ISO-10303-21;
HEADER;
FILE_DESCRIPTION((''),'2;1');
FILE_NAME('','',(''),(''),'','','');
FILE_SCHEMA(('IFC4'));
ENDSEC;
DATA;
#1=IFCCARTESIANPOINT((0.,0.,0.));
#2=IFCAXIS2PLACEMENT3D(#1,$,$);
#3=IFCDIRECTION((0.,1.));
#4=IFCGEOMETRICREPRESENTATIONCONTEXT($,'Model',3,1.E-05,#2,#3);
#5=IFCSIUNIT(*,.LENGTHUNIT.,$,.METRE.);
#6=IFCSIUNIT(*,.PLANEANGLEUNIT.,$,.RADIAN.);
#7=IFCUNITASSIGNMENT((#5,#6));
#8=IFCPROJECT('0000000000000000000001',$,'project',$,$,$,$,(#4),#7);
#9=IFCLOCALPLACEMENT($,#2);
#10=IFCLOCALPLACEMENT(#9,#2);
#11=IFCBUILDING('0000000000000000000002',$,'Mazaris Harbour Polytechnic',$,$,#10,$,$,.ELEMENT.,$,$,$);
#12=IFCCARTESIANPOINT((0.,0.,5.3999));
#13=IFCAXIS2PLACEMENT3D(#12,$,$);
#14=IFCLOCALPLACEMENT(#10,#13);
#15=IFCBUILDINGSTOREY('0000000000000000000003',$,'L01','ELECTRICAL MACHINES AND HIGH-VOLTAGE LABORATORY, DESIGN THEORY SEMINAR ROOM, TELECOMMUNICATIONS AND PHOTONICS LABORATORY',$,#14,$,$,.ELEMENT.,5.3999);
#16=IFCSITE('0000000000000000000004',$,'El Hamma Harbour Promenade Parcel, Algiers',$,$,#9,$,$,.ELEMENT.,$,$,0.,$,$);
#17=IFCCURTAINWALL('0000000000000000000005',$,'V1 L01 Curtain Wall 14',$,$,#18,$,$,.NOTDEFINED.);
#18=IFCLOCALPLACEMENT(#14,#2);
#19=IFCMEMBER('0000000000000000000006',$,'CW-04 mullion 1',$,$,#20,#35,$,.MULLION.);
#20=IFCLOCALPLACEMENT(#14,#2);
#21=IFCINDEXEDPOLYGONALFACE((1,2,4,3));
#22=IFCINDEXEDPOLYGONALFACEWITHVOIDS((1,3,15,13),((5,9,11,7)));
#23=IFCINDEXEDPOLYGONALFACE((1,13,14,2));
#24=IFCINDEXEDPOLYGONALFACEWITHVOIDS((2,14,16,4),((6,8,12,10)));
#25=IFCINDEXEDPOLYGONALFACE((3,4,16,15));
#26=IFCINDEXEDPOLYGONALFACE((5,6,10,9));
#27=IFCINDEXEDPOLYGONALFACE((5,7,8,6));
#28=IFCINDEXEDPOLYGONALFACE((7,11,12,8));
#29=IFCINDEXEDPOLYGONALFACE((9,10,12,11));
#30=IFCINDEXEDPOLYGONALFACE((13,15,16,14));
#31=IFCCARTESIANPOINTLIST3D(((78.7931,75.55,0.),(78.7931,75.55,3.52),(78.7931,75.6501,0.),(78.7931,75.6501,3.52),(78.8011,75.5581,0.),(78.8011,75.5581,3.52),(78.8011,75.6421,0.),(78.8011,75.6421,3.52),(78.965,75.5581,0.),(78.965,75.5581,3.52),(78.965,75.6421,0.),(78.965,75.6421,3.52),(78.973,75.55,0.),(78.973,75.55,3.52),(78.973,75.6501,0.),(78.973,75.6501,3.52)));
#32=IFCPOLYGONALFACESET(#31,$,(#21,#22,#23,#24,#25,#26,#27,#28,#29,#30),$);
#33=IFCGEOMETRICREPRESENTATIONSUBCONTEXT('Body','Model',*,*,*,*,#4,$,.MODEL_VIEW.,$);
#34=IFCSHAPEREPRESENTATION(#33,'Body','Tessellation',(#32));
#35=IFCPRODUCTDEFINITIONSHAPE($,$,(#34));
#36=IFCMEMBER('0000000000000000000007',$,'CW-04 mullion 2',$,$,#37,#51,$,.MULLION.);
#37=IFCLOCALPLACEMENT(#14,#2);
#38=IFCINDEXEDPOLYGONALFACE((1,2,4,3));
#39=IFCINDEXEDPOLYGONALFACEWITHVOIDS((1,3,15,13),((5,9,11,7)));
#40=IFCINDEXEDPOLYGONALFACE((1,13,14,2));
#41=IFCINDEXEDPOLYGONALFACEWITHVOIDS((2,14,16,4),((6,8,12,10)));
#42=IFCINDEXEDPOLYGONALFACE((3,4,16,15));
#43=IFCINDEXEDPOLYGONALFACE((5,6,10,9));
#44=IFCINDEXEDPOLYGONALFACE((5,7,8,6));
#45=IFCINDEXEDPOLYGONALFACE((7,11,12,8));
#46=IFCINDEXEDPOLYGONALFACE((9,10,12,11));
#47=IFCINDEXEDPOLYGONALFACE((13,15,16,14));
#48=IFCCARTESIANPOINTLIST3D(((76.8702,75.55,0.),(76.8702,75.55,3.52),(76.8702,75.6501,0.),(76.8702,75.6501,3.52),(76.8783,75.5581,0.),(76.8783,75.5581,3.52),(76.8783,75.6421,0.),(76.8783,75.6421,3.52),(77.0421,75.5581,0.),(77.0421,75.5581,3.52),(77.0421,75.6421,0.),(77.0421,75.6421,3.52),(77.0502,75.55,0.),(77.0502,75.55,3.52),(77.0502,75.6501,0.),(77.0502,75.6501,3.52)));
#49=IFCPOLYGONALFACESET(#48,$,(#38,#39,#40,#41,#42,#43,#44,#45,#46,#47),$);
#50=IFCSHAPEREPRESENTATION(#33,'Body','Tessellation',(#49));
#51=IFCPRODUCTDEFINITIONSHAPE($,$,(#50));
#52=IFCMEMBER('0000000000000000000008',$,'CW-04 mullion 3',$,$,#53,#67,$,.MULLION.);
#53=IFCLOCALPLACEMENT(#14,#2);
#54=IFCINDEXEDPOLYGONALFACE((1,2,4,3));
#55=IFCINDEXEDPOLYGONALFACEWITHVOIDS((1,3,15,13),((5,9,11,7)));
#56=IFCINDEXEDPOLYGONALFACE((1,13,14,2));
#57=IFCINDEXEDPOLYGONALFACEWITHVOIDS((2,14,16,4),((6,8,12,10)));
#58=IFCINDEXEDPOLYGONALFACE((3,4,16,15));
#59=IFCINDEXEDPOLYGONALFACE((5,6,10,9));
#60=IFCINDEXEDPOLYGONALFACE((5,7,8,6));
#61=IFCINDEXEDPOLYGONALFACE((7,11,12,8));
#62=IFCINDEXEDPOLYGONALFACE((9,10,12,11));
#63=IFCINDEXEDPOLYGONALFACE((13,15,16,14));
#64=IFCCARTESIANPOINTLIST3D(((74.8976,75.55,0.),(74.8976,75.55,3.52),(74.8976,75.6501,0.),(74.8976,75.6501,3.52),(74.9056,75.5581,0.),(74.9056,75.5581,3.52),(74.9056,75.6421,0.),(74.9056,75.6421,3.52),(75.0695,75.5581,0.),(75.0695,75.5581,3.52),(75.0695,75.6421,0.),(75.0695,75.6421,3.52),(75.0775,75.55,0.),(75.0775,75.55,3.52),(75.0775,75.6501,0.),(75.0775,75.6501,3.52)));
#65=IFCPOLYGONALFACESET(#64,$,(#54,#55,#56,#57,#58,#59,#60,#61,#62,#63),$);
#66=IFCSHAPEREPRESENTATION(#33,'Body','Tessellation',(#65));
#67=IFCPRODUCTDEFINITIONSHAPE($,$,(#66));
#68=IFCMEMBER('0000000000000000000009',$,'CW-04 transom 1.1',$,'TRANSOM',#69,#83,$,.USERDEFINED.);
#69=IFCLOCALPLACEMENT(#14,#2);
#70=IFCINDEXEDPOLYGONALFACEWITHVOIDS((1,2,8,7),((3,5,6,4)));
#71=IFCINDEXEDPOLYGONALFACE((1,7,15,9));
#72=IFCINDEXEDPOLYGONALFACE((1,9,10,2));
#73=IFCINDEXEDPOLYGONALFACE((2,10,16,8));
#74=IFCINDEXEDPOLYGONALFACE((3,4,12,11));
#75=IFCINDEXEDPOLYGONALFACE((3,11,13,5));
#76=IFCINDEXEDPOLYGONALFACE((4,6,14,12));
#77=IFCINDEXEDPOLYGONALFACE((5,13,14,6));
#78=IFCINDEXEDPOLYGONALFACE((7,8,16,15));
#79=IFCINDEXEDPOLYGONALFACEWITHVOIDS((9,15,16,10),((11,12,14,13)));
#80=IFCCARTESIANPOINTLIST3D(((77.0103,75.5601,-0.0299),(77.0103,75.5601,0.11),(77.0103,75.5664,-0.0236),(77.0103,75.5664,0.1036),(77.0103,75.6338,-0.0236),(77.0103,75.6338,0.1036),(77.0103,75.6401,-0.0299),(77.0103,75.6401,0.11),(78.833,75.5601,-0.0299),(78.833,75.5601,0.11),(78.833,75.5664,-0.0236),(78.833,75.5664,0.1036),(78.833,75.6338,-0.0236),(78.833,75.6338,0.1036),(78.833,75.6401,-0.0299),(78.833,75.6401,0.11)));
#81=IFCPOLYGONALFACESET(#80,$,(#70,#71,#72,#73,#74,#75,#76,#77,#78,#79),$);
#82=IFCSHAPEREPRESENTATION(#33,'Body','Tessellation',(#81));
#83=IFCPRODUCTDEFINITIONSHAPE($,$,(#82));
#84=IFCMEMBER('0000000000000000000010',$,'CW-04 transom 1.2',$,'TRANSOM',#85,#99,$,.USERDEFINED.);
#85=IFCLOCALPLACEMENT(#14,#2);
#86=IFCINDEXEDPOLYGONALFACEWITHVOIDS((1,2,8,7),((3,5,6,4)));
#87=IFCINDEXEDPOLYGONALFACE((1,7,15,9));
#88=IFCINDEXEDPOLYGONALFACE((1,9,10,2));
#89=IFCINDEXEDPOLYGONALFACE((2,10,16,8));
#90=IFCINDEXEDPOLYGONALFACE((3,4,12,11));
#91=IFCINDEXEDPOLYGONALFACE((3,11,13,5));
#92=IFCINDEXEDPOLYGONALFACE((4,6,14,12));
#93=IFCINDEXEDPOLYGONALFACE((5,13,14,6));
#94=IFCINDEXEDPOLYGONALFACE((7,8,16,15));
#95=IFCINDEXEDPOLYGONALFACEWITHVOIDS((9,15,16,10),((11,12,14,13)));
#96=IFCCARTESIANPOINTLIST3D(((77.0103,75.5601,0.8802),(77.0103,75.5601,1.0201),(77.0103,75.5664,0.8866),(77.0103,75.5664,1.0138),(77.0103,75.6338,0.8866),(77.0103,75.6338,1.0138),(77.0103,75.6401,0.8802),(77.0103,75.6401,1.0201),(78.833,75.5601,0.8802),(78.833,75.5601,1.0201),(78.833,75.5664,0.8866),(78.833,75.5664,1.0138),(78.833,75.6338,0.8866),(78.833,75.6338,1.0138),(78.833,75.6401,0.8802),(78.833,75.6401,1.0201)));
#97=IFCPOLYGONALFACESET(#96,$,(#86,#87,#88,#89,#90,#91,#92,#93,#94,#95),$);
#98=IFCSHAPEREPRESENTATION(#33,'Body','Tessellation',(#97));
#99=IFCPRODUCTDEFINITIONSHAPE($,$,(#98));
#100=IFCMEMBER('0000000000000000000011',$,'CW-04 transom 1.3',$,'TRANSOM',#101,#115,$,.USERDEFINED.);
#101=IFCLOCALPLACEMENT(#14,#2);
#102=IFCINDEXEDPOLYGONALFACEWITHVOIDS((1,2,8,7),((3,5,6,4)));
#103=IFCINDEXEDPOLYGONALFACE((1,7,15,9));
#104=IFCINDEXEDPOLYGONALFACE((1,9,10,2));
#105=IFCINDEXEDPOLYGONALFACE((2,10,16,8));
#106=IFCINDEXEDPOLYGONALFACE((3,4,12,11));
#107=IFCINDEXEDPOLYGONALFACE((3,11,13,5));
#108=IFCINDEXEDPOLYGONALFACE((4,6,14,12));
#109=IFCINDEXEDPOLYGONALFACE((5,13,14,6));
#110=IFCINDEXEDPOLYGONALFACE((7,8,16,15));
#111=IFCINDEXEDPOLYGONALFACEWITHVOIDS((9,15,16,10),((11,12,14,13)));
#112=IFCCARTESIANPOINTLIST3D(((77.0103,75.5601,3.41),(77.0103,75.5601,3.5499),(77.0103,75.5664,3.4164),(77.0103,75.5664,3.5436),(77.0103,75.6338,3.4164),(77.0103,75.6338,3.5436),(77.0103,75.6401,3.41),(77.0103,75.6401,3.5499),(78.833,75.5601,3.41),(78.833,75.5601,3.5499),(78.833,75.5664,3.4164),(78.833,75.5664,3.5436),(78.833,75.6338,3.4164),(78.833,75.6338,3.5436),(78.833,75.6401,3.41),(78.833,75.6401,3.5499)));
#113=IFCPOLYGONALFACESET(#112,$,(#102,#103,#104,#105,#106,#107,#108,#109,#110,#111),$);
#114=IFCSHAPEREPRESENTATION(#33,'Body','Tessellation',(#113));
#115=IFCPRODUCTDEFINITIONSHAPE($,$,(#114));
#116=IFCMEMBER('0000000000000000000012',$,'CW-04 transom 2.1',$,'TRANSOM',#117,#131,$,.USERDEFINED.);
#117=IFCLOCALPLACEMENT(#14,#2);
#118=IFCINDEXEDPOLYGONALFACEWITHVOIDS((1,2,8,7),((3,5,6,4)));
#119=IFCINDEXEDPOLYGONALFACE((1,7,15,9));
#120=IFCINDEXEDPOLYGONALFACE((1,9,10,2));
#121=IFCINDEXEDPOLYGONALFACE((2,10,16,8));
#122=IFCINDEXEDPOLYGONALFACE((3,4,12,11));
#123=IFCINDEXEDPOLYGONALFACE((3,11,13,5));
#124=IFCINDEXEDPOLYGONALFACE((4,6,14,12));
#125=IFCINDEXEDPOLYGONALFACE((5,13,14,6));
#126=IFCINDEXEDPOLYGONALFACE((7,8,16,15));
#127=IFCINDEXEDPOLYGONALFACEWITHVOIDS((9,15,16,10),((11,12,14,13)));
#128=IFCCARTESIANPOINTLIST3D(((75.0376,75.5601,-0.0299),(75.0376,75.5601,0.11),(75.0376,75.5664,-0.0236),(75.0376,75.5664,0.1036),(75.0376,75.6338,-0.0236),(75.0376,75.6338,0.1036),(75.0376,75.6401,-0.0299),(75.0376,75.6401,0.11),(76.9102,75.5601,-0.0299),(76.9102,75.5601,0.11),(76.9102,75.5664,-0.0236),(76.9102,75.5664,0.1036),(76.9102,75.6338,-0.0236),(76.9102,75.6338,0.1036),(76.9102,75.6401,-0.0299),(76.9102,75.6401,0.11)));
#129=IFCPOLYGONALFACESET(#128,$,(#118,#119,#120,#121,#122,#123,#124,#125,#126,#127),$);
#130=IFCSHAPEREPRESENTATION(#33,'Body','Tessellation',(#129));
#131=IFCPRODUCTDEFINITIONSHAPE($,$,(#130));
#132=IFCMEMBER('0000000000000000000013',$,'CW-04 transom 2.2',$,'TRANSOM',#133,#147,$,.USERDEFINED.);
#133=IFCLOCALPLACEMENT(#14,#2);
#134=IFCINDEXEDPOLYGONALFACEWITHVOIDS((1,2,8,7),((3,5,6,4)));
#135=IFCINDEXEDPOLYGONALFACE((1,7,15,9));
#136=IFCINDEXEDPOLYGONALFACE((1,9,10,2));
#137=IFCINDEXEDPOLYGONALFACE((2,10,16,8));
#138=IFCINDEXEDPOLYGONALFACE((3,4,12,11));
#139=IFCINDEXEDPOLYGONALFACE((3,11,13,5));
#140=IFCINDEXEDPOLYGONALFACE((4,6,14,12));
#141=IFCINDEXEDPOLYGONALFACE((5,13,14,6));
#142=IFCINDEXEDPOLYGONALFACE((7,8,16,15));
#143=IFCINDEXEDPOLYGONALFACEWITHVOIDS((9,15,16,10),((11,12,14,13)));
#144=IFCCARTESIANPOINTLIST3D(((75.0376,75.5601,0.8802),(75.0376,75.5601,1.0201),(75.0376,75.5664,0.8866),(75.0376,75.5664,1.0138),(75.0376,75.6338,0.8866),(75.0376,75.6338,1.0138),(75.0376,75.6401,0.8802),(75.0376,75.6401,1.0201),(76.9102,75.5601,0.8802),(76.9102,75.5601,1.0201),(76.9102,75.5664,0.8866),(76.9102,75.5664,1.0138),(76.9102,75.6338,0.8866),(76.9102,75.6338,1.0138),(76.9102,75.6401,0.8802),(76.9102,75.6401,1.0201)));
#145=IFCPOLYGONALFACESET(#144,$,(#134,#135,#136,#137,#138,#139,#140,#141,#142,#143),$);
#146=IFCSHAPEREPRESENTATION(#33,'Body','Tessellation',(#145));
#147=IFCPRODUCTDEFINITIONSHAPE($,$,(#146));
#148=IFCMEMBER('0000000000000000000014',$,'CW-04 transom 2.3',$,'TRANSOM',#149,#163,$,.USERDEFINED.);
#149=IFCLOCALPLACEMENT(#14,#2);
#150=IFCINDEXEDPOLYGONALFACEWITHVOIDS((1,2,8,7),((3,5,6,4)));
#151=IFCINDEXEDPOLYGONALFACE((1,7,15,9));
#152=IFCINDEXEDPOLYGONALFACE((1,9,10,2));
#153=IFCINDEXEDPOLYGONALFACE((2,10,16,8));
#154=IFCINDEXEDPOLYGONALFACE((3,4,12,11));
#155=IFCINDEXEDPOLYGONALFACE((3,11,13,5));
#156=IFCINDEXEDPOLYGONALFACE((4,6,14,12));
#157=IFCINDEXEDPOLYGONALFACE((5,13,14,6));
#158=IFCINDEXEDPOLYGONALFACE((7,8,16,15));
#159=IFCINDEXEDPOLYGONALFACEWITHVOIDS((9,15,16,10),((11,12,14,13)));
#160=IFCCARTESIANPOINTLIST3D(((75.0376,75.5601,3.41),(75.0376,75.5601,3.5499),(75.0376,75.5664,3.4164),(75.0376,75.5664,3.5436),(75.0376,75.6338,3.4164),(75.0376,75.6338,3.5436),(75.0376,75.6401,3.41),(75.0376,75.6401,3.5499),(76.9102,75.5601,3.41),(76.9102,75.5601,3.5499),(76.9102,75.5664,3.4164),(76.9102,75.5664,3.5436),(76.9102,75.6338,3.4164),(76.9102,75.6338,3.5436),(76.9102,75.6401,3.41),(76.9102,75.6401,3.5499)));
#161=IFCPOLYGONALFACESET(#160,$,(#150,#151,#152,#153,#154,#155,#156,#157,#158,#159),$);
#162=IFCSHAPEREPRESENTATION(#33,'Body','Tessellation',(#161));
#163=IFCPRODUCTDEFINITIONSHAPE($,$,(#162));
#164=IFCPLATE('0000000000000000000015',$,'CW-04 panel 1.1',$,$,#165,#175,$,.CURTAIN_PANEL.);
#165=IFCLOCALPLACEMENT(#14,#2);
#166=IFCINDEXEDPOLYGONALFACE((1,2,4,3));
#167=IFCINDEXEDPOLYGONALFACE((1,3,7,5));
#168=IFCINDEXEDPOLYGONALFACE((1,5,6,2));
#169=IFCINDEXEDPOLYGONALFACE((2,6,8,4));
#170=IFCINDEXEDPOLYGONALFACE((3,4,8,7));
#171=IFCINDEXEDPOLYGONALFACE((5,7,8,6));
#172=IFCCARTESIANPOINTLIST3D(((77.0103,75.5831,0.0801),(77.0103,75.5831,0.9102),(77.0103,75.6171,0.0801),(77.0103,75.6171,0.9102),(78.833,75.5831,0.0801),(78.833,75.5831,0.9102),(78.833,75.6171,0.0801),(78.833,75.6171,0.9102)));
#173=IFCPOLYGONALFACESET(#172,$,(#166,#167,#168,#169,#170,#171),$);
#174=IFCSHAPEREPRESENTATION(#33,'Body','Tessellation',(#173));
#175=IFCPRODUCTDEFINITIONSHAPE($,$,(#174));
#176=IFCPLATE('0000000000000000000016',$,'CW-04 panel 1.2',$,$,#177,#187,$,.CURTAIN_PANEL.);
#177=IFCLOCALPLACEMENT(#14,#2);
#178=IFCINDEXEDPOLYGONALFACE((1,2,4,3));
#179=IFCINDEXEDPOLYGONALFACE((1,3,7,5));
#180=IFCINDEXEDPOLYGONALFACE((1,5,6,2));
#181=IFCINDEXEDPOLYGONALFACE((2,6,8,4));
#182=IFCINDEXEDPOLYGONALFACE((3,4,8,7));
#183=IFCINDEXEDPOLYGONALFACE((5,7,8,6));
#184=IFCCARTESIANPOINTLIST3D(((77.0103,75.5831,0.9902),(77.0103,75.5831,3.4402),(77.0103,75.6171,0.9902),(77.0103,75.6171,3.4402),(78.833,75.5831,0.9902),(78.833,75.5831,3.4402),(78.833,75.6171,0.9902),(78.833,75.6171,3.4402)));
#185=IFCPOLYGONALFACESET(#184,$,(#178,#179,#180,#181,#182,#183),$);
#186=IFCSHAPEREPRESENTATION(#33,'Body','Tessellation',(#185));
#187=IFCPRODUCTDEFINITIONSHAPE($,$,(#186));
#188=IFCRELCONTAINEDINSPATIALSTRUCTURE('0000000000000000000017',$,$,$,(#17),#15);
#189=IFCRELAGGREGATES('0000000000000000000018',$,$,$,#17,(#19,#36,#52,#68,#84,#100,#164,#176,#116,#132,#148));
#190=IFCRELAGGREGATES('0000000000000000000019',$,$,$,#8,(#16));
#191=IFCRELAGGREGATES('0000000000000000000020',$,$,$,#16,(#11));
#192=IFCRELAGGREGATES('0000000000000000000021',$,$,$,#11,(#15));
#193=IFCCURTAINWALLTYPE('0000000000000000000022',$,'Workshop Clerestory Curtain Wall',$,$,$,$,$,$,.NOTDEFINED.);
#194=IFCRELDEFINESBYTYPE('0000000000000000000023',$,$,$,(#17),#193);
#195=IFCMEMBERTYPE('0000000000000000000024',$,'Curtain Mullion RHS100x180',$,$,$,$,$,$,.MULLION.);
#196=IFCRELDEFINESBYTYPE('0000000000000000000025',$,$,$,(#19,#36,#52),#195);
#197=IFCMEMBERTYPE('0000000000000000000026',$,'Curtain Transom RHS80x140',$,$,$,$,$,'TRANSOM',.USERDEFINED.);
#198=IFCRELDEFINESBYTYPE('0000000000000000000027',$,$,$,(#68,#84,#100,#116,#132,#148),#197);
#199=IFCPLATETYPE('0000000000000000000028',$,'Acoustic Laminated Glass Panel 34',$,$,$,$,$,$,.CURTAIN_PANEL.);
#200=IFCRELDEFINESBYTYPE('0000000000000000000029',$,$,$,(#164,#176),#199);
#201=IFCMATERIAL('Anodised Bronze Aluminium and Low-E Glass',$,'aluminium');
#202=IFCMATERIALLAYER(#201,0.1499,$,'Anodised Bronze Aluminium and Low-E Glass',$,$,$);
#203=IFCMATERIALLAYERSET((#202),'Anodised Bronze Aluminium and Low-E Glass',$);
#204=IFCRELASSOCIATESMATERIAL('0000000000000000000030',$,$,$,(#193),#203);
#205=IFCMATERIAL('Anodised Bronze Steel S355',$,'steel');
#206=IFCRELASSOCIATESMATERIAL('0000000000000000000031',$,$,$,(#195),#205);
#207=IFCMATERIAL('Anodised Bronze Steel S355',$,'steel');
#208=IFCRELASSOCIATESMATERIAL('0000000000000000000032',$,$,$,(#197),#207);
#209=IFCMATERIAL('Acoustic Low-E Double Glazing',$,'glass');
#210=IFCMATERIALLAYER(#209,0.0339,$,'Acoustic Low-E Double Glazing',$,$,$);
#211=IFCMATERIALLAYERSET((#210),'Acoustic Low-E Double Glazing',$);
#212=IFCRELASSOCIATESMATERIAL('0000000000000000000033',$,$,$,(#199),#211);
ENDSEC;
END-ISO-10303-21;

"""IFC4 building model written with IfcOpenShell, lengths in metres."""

from ifc_helpers import new_model, si_unit, direction, frame, origin, origin_2d, place, context, subcontext, project, spatial, rectangle, hollow_rectangle, extrude, material, layer, layer_set, material_profile, profile_set, type_object, element, aggregate, save


model = new_model("IFC4")

# Units and contexts
model_context = context("Model", 3, precision=1e-05, world=origin(), true_north=direction((0.0, 1.0)))
body_context = subcontext(model_context, "Body", "Model", "MODEL_VIEW")
ifc_project = project(units=[si_unit("LENGTHUNIT", "METRE"), si_unit("PLANEANGLEUNIT", "RADIAN")], contexts=[model_context])

# Site, building, storey
site_placement = place(None, origin())
site = spatial("IfcSite", under=ifc_project, at=site_placement, Name="El Hamma Harbour Promenade Parcel, Algiers", CompositionType="ELEMENT", RefElevation=0.0)
building_placement = place(site_placement, origin())
building = spatial("IfcBuilding", under=site, at=building_placement, Name="Mazaris Harbour Polytechnic", CompositionType="ELEMENT")
storey_placement = place(building_placement, frame((0.0, 0.0, 5.3999)))
storey = spatial("IfcBuildingStorey", under=building, at=storey_placement, Name="L01", Description="ELECTRICAL MACHINES AND HIGH-VOLTAGE LABORATORY, DESIGN THEORY SEMINAR ROOM, TELECOMMUNICATIONS AND PHOTONICS LABORATORY", CompositionType="ELEMENT", Elevation=5.3999)

# Curtain wall, members, plates
ifc_material_1 = material(Name="Anodised Bronze Aluminium and Low-E Glass", Category="aluminium")
ifc_layer_1 = layer(ifc_material_1, 0.1499, Name="Anodised Bronze Aluminium and Low-E Glass")
ifc_layer_set_1 = layer_set([ifc_layer_1], Name="Anodised Bronze Aluminium and Low-E Glass")
curtain_wall_type = type_object("IfcCurtainWallType", Name="Workshop Clerestory Curtain Wall", PredefinedType="NOTDEFINED", material=ifc_layer_set_1)
curtain_wall_placement = place(storey_placement, origin())
curtain_wall = element("IfcCurtainWall", 1, at=curtain_wall_placement, inside=storey, type_object=curtain_wall_type, Name="V1 L01 Curtain Wall 14", PredefinedType="NOTDEFINED")
ifc_material_2 = material(Name="Anodised Bronze Steel S355", Category="steel")
ifc_material_profile_1 = material_profile(ifc_material_2, hollow_rectangle(XDim=0.1001, YDim=0.1799, WallThickness=0.0081, at=origin_2d()), Name="RHS 100x180x8.0")
ifc_profile_set_1 = profile_set([ifc_material_profile_1], Name="Anodised Bronze Steel S355")
member_type_1 = type_object("IfcMemberType", Name="Curtain Mullion RHS100x180", PredefinedType="MULLION", material=ifc_profile_set_1)
member_1_placement = place(storey_placement, frame((78.8831, 75.6001, 0.0), z_axis=(0.0, 0.0, 1.0), x_axis=(0.0, -1.0, 0.0)))
member_1 = element("IfcMember", 2, at=member_1_placement, type_object=member_type_1, Name="CW-04 mullion 1", PredefinedType="MULLION", context=body_context, shape_type="SweptSolid", body=[
    extrude(hollow_rectangle(XDim=0.1001, YDim=0.1799, WallThickness=0.0081, at=origin_2d()), origin(), (0.0, 0.0, 1.0), 3.52),
])
member_2_placement = place(storey_placement, frame((76.9602, 75.6001, 0.0), z_axis=(0.0, 0.0, 1.0), x_axis=(0.0, -1.0, 0.0)))
member_2 = element("IfcMember", 3, at=member_2_placement, type_object=member_type_1, Name="CW-04 mullion 2", PredefinedType="MULLION", context=body_context, shape_type="SweptSolid", body=[
    extrude(hollow_rectangle(XDim=0.1001, YDim=0.1799, WallThickness=0.0081, at=origin_2d()), origin(), (0.0, 0.0, 1.0), 3.52),
])
member_3_placement = place(storey_placement, frame((74.9875, 75.6001, 0.0), z_axis=(0.0, 0.0, 1.0), x_axis=(0.0, -1.0, 0.0)))
member_3 = element("IfcMember", 4, at=member_3_placement, type_object=member_type_1, Name="CW-04 mullion 3", PredefinedType="MULLION", context=body_context, shape_type="SweptSolid", body=[
    extrude(hollow_rectangle(XDim=0.1001, YDim=0.1799, WallThickness=0.0081, at=origin_2d()), origin(), (0.0, 0.0, 1.0), 3.52),
])
ifc_material_3 = material(Name="Anodised Bronze Steel S355", Category="steel")
ifc_material_profile_2 = material_profile(ifc_material_3, hollow_rectangle(XDim=0.0801, YDim=0.1399, WallThickness=0.0063, at=origin_2d()), Name="RHS 80x140x6.3")
ifc_profile_set_2 = profile_set([ifc_material_profile_2], Name="Anodised Bronze Steel S355")
member_type_2 = type_object("IfcMemberType", Name="Curtain Transom RHS80x140", ElementType="TRANSOM", PredefinedType="USERDEFINED", material=ifc_profile_set_2)
member_4_placement = place(storey_placement, frame((78.833, 75.6001, 0.04), z_axis=(-1.0, 0.0, 0.0), x_axis=(0.0, -1.0, 0.0)))
member_4 = element("IfcMember", 5, at=member_4_placement, type_object=member_type_2, Name="CW-04 transom 1.1", ObjectType="TRANSOM", PredefinedType="USERDEFINED", context=body_context, shape_type="SweptSolid", body=[
    extrude(hollow_rectangle(XDim=0.0801, YDim=0.1399, WallThickness=0.0063, at=origin_2d()), origin(), (0.0, 0.0, 1.0), 1.8228),
])
member_5_placement = place(storey_placement, frame((78.833, 75.6001, 0.9502), z_axis=(-1.0, 0.0, 0.0), x_axis=(0.0, -1.0, 0.0)))
member_5 = element("IfcMember", 6, at=member_5_placement, type_object=member_type_2, Name="CW-04 transom 1.2", ObjectType="TRANSOM", PredefinedType="USERDEFINED", context=body_context, shape_type="SweptSolid", body=[
    extrude(hollow_rectangle(XDim=0.0801, YDim=0.1399, WallThickness=0.0063, at=origin_2d()), origin(), (0.0, 0.0, 1.0), 1.8228),
])
member_6_placement = place(storey_placement, frame((78.833, 75.6001, 3.48), z_axis=(-1.0, 0.0, 0.0), x_axis=(0.0, -1.0, 0.0)))
member_6 = element("IfcMember", 7, at=member_6_placement, type_object=member_type_2, Name="CW-04 transom 1.3", ObjectType="TRANSOM", PredefinedType="USERDEFINED", context=body_context, shape_type="SweptSolid", body=[
    extrude(hollow_rectangle(XDim=0.0801, YDim=0.1399, WallThickness=0.0063, at=origin_2d()), origin(), (0.0, 0.0, 1.0), 1.8228),
])
member_7_placement = place(storey_placement, frame((76.9102, 75.6001, 0.04), z_axis=(-1.0, 0.0, 0.0), x_axis=(0.0, -1.0, 0.0)))
member_7 = element("IfcMember", 8, at=member_7_placement, type_object=member_type_2, Name="CW-04 transom 2.1", ObjectType="TRANSOM", PredefinedType="USERDEFINED", context=body_context, shape_type="SweptSolid", body=[
    extrude(hollow_rectangle(XDim=0.0801, YDim=0.1399, WallThickness=0.0063, at=origin_2d()), origin(), (0.0, 0.0, 1.0), 1.8726),
])
member_8_placement = place(storey_placement, frame((76.9102, 75.6001, 0.9502), z_axis=(-1.0, 0.0, 0.0), x_axis=(0.0, -1.0, 0.0)))
member_8 = element("IfcMember", 9, at=member_8_placement, type_object=member_type_2, Name="CW-04 transom 2.2", ObjectType="TRANSOM", PredefinedType="USERDEFINED", context=body_context, shape_type="SweptSolid", body=[
    extrude(hollow_rectangle(XDim=0.0801, YDim=0.1399, WallThickness=0.0063, at=origin_2d()), origin(), (0.0, 0.0, 1.0), 1.8726),
])
member_9_placement = place(storey_placement, frame((76.9102, 75.6001, 3.48), z_axis=(-1.0, 0.0, 0.0), x_axis=(0.0, -1.0, 0.0)))
member_9 = element("IfcMember", 10, at=member_9_placement, type_object=member_type_2, Name="CW-04 transom 2.3", ObjectType="TRANSOM", PredefinedType="USERDEFINED", context=body_context, shape_type="SweptSolid", body=[
    extrude(hollow_rectangle(XDim=0.0801, YDim=0.1399, WallThickness=0.0063, at=origin_2d()), origin(), (0.0, 0.0, 1.0), 1.8726),
])
ifc_material_4 = material(Name="Acoustic Low-E Double Glazing", Category="glass")
ifc_layer_2 = layer(ifc_material_4, 0.0339, Name="Acoustic Low-E Double Glazing")
ifc_layer_set_2 = layer_set([ifc_layer_2], Name="Acoustic Low-E Double Glazing")
plate_type_1 = type_object("IfcPlateType", Name="Acoustic Laminated Glass Panel 34", PredefinedType="CURTAIN_PANEL", material=ifc_layer_set_2)
plate_1_placement = place(storey_placement, frame((77.9216, 75.6001, 0.0801), z_axis=(0.0, 0.0, 1.0), x_axis=(-1.0, 0.0, 0.0)))
plate_1 = element("IfcPlate", 11, at=plate_1_placement, type_object=plate_type_1, Name="CW-04 panel 1.1", PredefinedType="CURTAIN_PANEL", context=body_context, shape_type="SweptSolid", body=[
    extrude(rectangle(XDim=1.8228, YDim=0.0339, at=origin_2d()), origin(), (0.0, 0.0, 1.0), 0.8301),
])
plate_2_placement = place(storey_placement, frame((77.9216, 75.6001, 0.9902), z_axis=(0.0, 0.0, 1.0), x_axis=(-1.0, 0.0, 0.0)))
plate_2 = element("IfcPlate", 12, at=plate_2_placement, type_object=plate_type_1, Name="CW-04 panel 1.2", PredefinedType="CURTAIN_PANEL", context=body_context, shape_type="SweptSolid", body=[
    extrude(rectangle(XDim=1.8228, YDim=0.0339, at=origin_2d()), origin(), (0.0, 0.0, 1.0), 2.45),
])
aggregate(curtain_wall, [member_1, member_2, member_3, member_4, member_5, member_6, plate_1, plate_2, member_7, member_8, member_9])

save(model, "model.ifc")
